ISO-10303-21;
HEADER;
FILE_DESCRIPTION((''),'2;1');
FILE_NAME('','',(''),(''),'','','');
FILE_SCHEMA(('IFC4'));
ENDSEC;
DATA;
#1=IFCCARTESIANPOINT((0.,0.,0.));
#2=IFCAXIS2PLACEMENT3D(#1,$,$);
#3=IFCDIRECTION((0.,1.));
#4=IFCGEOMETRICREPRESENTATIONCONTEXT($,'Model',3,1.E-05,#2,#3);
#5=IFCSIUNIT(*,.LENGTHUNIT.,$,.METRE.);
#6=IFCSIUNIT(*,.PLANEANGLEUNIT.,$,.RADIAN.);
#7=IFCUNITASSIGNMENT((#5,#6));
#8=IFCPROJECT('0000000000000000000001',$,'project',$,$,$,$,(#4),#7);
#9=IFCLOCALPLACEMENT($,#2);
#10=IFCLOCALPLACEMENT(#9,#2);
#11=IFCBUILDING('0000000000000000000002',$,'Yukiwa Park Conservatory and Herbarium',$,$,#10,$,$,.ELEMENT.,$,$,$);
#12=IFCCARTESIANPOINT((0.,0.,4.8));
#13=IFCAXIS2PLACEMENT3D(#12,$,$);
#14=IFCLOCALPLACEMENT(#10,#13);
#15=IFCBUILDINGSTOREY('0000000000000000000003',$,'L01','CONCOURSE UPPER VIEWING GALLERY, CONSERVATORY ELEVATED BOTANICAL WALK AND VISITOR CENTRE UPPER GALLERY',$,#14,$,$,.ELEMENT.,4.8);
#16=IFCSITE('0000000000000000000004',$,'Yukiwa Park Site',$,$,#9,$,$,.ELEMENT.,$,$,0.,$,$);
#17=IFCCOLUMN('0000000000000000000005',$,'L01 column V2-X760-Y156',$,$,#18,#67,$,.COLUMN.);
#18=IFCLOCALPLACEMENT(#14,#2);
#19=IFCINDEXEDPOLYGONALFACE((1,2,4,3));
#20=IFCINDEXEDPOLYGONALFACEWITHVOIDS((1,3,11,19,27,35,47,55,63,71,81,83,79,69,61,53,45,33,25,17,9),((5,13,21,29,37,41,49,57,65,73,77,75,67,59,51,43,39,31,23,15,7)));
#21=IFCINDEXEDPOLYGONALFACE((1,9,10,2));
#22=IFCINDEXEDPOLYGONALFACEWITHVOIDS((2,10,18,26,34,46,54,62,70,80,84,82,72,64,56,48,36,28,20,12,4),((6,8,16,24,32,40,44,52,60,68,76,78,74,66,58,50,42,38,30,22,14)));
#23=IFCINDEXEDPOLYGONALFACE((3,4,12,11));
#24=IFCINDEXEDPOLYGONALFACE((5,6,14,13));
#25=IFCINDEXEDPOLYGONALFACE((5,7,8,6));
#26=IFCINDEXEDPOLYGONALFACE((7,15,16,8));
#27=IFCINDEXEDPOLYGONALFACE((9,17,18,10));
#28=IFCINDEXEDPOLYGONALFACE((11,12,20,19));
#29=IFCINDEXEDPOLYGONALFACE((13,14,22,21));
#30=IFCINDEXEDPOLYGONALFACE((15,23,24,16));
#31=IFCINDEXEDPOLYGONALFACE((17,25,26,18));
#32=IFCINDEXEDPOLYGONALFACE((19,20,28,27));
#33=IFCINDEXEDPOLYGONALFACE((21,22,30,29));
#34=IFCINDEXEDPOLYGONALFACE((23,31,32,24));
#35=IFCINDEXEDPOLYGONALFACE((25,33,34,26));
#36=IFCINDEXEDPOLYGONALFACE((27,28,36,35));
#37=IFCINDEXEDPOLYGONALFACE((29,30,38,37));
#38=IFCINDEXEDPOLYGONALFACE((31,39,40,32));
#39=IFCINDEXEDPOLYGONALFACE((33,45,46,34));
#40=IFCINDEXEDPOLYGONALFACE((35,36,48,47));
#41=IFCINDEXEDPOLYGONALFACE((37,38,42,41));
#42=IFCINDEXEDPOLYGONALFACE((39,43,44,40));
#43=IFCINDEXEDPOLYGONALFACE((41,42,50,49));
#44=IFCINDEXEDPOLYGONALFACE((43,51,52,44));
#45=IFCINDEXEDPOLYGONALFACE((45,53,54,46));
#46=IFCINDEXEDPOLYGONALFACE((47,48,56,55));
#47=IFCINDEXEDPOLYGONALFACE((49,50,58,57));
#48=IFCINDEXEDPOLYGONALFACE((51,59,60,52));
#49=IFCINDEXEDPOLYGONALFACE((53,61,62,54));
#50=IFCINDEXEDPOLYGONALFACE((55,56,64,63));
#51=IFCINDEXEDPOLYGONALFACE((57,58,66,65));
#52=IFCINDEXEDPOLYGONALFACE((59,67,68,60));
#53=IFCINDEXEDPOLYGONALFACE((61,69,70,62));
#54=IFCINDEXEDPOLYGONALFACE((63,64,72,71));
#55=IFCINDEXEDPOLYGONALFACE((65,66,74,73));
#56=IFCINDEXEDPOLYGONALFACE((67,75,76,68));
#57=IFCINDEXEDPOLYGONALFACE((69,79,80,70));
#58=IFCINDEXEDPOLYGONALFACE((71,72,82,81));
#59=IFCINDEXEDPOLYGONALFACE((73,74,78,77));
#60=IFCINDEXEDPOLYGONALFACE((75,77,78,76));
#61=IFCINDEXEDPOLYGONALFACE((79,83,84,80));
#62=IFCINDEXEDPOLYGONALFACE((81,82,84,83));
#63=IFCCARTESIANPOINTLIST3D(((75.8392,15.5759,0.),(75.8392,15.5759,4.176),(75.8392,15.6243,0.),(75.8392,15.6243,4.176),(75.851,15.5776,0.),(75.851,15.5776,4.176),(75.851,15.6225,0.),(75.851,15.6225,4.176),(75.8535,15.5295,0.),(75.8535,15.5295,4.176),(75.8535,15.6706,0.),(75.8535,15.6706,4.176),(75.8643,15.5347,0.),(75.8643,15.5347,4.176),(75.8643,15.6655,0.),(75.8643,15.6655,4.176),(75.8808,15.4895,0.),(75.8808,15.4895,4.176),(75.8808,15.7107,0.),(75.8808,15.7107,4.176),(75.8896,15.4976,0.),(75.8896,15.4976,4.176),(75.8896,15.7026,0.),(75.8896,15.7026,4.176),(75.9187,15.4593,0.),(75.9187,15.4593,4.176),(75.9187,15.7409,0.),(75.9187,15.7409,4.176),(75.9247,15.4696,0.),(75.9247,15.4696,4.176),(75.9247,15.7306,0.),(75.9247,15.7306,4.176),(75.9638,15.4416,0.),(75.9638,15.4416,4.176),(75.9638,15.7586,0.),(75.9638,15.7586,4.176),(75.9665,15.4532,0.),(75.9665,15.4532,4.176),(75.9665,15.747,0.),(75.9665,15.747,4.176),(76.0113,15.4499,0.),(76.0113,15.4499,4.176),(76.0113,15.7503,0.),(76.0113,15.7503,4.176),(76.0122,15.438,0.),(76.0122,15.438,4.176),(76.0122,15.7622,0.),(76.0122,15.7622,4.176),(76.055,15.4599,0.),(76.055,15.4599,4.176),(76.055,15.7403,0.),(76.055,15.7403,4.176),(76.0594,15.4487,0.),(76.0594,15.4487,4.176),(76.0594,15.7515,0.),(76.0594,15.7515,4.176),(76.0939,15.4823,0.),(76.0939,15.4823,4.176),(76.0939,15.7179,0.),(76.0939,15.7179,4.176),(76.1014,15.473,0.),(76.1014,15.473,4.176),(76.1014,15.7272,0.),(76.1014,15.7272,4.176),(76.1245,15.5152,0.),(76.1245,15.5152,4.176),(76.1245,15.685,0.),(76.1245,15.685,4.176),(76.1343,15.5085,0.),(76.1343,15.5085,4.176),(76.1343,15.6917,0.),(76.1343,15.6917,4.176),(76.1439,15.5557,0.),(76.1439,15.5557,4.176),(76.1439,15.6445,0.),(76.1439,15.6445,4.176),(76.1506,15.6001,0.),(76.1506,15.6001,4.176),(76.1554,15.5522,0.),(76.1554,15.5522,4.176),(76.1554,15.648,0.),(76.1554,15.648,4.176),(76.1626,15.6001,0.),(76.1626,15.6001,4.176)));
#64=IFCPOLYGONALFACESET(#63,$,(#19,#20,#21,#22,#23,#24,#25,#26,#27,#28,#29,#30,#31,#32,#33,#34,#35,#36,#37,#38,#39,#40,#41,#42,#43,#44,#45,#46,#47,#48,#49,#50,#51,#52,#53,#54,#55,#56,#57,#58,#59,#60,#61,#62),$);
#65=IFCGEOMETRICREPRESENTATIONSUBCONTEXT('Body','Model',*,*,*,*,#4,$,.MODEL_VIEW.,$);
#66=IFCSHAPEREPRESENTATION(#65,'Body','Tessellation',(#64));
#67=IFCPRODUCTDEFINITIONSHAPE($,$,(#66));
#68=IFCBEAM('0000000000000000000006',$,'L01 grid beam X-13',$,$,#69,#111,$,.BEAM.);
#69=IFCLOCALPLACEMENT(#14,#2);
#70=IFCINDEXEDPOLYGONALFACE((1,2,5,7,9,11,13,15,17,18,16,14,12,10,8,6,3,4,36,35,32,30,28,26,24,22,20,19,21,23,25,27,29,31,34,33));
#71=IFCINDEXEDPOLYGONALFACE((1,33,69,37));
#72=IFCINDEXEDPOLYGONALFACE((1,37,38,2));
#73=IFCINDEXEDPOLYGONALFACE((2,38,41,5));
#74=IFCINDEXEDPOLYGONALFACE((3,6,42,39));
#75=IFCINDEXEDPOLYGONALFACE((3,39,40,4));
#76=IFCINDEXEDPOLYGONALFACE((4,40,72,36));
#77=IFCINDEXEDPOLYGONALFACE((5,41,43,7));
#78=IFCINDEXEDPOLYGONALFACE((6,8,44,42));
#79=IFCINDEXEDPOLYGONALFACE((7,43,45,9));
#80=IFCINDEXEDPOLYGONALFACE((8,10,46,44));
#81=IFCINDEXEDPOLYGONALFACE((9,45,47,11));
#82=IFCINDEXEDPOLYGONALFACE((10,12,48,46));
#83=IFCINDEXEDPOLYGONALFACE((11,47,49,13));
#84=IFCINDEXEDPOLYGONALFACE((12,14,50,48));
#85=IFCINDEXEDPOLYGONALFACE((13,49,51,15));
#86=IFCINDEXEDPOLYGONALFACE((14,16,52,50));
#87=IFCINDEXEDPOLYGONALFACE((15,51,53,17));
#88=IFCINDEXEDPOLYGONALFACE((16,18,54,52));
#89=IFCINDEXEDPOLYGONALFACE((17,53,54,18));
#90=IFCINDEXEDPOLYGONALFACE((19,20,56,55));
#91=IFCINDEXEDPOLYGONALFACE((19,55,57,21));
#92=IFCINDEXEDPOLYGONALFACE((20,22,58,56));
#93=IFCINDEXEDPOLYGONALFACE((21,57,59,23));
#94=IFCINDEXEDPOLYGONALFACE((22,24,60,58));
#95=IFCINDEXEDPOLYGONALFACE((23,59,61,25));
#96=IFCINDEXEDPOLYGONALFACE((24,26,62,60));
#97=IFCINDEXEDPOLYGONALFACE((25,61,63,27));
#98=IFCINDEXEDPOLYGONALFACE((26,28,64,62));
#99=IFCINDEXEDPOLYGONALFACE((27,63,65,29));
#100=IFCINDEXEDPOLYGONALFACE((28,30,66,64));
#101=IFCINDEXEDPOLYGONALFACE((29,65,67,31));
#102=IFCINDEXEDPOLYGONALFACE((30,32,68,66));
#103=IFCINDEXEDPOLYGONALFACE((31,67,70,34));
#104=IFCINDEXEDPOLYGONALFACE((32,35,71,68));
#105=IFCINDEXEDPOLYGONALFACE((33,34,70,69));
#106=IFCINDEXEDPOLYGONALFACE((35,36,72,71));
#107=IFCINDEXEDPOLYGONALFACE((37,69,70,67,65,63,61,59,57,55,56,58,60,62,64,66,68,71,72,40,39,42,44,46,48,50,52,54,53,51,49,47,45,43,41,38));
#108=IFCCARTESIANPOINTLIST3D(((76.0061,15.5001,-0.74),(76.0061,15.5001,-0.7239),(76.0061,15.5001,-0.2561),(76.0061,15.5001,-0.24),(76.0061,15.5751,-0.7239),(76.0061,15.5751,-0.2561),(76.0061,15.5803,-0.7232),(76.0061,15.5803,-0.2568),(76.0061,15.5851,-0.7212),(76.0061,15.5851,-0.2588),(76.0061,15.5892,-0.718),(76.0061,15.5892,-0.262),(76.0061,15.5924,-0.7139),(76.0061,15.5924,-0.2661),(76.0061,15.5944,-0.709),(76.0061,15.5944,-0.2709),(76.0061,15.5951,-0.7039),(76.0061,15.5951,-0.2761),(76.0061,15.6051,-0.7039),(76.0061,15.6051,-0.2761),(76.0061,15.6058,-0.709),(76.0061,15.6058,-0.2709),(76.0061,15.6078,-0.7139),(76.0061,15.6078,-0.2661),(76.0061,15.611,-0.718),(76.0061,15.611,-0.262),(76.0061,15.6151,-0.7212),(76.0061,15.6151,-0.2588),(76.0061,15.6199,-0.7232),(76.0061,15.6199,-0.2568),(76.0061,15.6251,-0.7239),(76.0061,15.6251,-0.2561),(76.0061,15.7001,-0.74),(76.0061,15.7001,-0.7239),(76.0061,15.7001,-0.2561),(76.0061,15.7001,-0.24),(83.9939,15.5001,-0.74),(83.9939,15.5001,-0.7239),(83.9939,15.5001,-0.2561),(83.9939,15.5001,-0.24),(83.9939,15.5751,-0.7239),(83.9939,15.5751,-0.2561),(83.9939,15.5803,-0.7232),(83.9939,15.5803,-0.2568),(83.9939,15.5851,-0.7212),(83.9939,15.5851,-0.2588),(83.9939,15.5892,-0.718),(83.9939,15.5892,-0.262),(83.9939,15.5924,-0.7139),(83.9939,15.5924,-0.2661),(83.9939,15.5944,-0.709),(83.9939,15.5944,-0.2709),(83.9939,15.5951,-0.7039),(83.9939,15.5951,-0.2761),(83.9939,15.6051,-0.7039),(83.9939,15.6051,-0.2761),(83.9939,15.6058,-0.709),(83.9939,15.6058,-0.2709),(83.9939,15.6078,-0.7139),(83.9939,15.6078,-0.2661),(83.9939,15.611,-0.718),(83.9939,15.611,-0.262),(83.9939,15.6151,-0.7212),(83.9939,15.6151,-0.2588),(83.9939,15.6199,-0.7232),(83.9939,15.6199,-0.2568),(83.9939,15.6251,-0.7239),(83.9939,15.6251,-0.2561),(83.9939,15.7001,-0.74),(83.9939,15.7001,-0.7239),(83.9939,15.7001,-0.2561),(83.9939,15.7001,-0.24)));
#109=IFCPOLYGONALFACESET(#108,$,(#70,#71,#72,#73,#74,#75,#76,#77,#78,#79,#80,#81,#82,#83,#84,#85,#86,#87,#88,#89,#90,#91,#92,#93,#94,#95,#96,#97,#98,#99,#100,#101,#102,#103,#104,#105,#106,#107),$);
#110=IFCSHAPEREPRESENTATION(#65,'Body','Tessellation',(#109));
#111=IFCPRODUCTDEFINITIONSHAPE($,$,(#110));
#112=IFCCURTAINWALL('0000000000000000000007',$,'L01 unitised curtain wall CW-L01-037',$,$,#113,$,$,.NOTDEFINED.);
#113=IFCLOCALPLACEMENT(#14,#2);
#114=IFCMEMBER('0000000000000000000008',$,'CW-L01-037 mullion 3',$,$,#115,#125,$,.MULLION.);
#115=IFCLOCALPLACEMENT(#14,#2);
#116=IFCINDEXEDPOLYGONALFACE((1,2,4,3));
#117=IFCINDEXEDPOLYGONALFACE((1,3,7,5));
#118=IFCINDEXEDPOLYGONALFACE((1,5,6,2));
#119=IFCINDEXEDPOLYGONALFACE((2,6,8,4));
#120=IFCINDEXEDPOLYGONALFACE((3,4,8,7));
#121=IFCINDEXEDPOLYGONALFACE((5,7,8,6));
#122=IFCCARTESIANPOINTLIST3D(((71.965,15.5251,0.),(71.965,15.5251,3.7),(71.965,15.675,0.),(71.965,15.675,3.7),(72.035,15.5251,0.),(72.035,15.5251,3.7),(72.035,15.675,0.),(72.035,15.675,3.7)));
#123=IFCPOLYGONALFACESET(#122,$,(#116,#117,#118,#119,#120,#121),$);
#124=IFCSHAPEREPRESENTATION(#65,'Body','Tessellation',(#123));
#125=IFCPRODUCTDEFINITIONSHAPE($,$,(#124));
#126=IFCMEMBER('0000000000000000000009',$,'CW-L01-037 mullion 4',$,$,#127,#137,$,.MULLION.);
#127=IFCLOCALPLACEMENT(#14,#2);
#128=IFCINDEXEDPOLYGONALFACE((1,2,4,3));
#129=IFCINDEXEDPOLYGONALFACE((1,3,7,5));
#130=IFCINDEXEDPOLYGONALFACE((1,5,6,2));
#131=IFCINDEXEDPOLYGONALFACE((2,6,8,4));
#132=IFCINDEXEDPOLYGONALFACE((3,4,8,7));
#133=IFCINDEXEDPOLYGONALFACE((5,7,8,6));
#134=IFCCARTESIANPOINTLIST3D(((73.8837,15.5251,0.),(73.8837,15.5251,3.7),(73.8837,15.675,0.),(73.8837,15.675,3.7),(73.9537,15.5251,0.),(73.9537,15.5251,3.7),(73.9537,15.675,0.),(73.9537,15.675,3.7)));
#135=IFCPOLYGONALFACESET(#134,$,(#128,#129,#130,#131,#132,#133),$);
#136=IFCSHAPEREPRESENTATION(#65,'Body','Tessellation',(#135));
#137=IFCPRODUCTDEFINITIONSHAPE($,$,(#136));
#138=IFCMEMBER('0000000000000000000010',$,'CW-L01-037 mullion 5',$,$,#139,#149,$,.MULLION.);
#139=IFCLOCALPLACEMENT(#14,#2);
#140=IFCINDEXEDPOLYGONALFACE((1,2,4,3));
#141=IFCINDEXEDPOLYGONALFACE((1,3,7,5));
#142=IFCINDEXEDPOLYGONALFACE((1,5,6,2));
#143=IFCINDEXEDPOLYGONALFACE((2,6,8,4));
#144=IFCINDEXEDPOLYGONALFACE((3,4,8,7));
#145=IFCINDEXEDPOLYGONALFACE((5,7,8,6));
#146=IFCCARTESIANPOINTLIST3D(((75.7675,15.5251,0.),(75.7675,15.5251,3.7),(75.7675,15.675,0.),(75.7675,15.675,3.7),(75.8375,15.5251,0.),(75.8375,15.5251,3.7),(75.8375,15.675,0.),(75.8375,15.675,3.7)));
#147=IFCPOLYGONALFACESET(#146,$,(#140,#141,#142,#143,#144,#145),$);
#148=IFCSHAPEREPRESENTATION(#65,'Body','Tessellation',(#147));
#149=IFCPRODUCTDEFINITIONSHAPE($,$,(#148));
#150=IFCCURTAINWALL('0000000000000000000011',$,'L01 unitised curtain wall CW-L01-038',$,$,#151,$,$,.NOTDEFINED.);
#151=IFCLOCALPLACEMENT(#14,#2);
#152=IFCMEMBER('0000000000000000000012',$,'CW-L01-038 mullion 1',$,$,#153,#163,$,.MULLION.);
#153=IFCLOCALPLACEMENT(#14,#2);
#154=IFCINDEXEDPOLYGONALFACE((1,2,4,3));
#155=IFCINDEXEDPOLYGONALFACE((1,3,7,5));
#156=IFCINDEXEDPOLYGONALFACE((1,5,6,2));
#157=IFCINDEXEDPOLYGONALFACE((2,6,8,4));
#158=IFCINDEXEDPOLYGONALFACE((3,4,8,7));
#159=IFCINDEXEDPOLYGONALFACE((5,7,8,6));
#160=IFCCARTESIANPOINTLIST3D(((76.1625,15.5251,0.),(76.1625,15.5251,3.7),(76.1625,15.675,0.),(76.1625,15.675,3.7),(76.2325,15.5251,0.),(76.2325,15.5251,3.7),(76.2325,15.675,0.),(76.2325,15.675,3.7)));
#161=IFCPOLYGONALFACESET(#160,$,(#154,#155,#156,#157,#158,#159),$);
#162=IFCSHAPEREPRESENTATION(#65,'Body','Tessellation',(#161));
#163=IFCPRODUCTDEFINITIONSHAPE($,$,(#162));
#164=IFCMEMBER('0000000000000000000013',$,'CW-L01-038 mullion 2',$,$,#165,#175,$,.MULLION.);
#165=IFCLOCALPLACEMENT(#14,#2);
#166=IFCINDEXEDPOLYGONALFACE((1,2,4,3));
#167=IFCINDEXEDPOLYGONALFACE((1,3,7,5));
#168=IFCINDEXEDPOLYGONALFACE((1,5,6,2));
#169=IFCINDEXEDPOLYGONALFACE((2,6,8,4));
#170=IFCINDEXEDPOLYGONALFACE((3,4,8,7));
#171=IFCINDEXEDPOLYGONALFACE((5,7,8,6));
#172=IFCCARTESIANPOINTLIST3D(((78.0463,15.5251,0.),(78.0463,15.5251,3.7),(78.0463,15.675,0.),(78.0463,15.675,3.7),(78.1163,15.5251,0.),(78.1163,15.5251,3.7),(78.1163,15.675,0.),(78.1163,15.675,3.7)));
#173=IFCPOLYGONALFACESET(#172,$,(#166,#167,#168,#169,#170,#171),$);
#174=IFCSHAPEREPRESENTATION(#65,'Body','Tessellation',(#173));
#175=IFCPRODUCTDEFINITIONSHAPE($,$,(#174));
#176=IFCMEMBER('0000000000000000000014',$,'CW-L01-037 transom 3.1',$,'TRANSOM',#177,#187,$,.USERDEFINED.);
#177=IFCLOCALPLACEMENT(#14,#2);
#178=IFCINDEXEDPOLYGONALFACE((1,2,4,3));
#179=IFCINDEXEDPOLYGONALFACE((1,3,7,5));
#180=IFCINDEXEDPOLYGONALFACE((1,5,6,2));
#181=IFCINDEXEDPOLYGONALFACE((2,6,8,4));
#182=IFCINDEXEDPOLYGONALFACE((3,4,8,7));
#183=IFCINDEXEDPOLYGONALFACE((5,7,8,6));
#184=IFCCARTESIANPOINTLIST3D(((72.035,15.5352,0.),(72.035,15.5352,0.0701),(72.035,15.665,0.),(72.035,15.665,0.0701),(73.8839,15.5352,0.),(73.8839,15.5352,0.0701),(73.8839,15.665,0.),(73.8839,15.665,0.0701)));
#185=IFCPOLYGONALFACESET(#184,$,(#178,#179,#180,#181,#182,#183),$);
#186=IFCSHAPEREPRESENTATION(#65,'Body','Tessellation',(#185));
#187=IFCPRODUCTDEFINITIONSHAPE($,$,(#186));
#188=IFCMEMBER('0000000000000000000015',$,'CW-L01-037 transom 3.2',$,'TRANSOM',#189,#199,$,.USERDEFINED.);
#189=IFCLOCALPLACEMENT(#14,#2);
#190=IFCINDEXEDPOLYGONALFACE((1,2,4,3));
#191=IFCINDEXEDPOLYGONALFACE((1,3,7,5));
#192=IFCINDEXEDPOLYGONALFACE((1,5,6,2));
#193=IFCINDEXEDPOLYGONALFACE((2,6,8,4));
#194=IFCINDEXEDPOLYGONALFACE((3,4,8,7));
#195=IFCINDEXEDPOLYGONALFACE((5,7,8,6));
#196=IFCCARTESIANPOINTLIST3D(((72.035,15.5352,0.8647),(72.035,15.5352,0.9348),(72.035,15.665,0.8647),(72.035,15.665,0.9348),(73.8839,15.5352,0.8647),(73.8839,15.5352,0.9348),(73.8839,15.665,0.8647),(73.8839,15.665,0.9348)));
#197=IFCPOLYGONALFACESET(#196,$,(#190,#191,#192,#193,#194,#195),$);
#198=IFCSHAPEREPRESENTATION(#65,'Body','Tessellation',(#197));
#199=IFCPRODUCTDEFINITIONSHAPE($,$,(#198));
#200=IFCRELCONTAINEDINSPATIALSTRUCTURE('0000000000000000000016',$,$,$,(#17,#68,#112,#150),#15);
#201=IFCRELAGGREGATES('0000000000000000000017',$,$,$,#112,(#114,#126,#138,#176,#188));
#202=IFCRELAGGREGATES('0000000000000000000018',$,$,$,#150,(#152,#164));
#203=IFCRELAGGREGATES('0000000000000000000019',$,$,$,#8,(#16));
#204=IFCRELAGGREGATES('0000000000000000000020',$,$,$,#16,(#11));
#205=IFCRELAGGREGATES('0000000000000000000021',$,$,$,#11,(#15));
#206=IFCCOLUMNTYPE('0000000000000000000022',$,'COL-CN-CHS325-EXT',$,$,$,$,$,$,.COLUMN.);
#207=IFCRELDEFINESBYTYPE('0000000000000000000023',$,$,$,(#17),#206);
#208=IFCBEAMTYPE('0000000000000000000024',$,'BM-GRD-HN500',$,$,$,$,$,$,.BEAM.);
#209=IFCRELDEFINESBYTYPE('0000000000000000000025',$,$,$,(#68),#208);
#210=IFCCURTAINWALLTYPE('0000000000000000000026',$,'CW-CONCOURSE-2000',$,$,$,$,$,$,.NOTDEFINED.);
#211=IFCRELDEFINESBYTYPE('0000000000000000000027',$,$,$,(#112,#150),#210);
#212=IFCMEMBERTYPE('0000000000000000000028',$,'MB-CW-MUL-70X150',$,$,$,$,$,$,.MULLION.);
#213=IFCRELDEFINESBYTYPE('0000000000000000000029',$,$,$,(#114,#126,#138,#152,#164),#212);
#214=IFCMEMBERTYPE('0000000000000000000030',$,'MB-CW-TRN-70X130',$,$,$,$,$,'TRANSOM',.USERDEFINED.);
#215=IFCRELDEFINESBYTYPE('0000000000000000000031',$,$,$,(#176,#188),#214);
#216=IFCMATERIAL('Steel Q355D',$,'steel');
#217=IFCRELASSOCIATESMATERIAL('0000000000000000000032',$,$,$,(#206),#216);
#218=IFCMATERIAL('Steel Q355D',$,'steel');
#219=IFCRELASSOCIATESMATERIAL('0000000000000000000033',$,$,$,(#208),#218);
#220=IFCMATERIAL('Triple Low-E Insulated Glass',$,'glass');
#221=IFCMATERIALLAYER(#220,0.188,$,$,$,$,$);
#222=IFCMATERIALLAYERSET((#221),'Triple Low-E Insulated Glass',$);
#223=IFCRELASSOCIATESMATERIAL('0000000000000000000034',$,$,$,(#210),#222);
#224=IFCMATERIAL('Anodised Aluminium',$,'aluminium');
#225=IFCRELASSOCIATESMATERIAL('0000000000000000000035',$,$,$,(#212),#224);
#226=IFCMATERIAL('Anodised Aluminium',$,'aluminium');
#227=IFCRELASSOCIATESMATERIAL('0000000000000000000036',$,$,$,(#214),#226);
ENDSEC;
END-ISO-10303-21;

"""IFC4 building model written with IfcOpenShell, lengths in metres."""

from ifc_helpers import new_model, si_unit, direction, frame, origin, origin_2d, place, context, subcontext, project, spatial, rectangle, hollow_circle, i_section, extrude, material, layer, layer_set, material_profile, profile_set, type_object, element, aggregate, save


model = new_model("IFC4")

# Units and contexts
model_context = context("Model", 3, precision=1e-05, world=origin(), true_north=direction((0.0, 1.0)))
body_context = subcontext(model_context, "Body", "Model", "MODEL_VIEW")
ifc_project = project(units=[si_unit("LENGTHUNIT", "METRE"), si_unit("PLANEANGLEUNIT", "RADIAN")], contexts=[model_context])

# Site, building, storey
site_placement = place(None, origin())
site = spatial("IfcSite", under=ifc_project, at=site_placement, Name="Yukiwa Park Site", CompositionType="ELEMENT", RefElevation=0.0)
building_placement = place(site_placement, origin())
building = spatial("IfcBuilding", under=site, at=building_placement, Name="Yukiwa Park Conservatory and Herbarium", CompositionType="ELEMENT")
storey_placement = place(building_placement, frame((0.0, 0.0, 4.8)))
storey = spatial("IfcBuildingStorey", under=building, at=storey_placement, Name="L01", Description="CONCOURSE UPPER VIEWING GALLERY, CONSERVATORY ELEVATED BOTANICAL WALK AND VISITOR CENTRE UPPER GALLERY", CompositionType="ELEMENT", Elevation=4.8)

# Column
ifc_material_1 = material(Name="Steel Q355D", Category="steel")
ifc_material_profile_1 = material_profile(ifc_material_1, hollow_circle(Radius=0.1626, WallThickness=0.012, at=origin_2d()), Name="CHS 325x12")
ifc_profile_set_1 = profile_set([ifc_material_profile_1], Name="Steel Q355D")
column_type = type_object("IfcColumnType", Name="COL-CN-CHS325-EXT", PredefinedType="COLUMN", material=ifc_profile_set_1)
column_placement = place(storey_placement, frame((76.0, 15.6001, 0.0), z_axis=(0.0, 0.0, 1.0), x_axis=(1.0, 0.0, 0.0)))
element("IfcColumn", 1, at=column_placement, inside=storey, type_object=column_type, Name="L01 column V2-X760-Y156", PredefinedType="COLUMN", context=body_context, shape_type="SweptSolid", body=[
    extrude(hollow_circle(Radius=0.1626, WallThickness=0.012, at=origin_2d()), origin(), (0.0, 0.0, 1.0), 4.176),
])

# Beam
ifc_material_2 = material(Name="Steel Q355D", Category="steel")
ifc_material_profile_2 = material_profile(ifc_material_2, i_section(OverallWidth=0.2, OverallDepth=0.5, WebThickness=0.01, FlangeThickness=0.0161, FilletRadius=0.02, at=origin_2d()), Name="HN 500x200x10x16")
ifc_profile_set_2 = profile_set([ifc_material_profile_2], Name="Steel Q355D")
beam_type = type_object("IfcBeamType", Name="BM-GRD-HN500", PredefinedType="BEAM", material=ifc_profile_set_2)
beam_placement = place(storey_placement, frame((76.0061, 15.6001, -0.49), z_axis=(1.0, 0.0, 0.0), x_axis=(0.0, 1.0, 0.0)))
element("IfcBeam", 2, at=beam_placement, inside=storey, type_object=beam_type, Name="L01 grid beam X-13", PredefinedType="BEAM", context=body_context, shape_type="SweptSolid", body=[
    extrude(i_section(OverallWidth=0.2, OverallDepth=0.5, WebThickness=0.01, FlangeThickness=0.0161, FilletRadius=0.02, at=origin_2d()), origin(), (0.0, 0.0, 1.0), 7.9878),
])

# Curtain walls, members
ifc_material_3 = material(Name="Triple Low-E Insulated Glass", Category="glass")
ifc_layer_1 = layer(ifc_material_3, 0.188)
ifc_layer_set_1 = layer_set([ifc_layer_1], Name="Triple Low-E Insulated Glass")
curtain_wall_type = type_object("IfcCurtainWallType", Name="CW-CONCOURSE-2000", PredefinedType="NOTDEFINED", material=ifc_layer_set_1)
curtain_wall_1_placement = place(storey_placement, origin())
curtain_wall_1 = element("IfcCurtainWall", 3, at=curtain_wall_1_placement, inside=storey, type_object=curtain_wall_type, Name="L01 unitised curtain wall CW-L01-037", PredefinedType="NOTDEFINED")
ifc_material_4 = material(Name="Anodised Aluminium", Category="aluminium")
member_type_1 = type_object("IfcMemberType", Name="MB-CW-MUL-70X150", PredefinedType="MULLION", material=ifc_material_4)
member_1_placement = place(storey_placement, frame((72.0, 15.6001, 0.0), z_axis=(0.0, 0.0, 1.0), x_axis=(1.0, 0.0, 0.0)))
member_1 = element("IfcMember", 4, at=member_1_placement, type_object=member_type_1, Name="CW-L01-037 mullion 3", PredefinedType="MULLION", context=body_context, shape_type="SweptSolid", body=[
    extrude(rectangle(XDim=0.0701, YDim=0.1499, at=origin_2d()), origin(), (0.0, 0.0, 1.0), 3.7),
])
member_2_placement = place(storey_placement, frame((73.9187, 15.6001, 0.0), z_axis=(0.0, 0.0, 1.0), x_axis=(1.0, 0.0, 0.0)))
member_2 = element("IfcMember", 5, at=member_2_placement, type_object=member_type_1, Name="CW-L01-037 mullion 4", PredefinedType="MULLION", context=body_context, shape_type="SweptSolid", body=[
    extrude(rectangle(XDim=0.0701, YDim=0.1499, at=origin_2d()), origin(), (0.0, 0.0, 1.0), 3.7),
])
member_3_placement = place(storey_placement, frame((75.8025, 15.6001, 0.0), z_axis=(0.0, 0.0, 1.0), x_axis=(1.0, 0.0, 0.0)))
member_3 = element("IfcMember", 6, at=member_3_placement, type_object=member_type_1, Name="CW-L01-037 mullion 5", PredefinedType="MULLION", context=body_context, shape_type="SweptSolid", body=[
    extrude(rectangle(XDim=0.0701, YDim=0.1499, at=origin_2d()), origin(), (0.0, 0.0, 1.0), 3.7),
])
curtain_wall_2_placement = place(storey_placement, origin())
curtain_wall_2 = element("IfcCurtainWall", 7, at=curtain_wall_2_placement, inside=storey, type_object=curtain_wall_type, Name="L01 unitised curtain wall CW-L01-038", PredefinedType="NOTDEFINED")
member_4_placement = place(storey_placement, frame((76.1975, 15.6001, 0.0), z_axis=(0.0, 0.0, 1.0), x_axis=(1.0, 0.0, 0.0)))
member_4 = element("IfcMember", 8, at=member_4_placement, type_object=member_type_1, Name="CW-L01-038 mullion 1", PredefinedType="MULLION", context=body_context, shape_type="SweptSolid", body=[
    extrude(rectangle(XDim=0.0701, YDim=0.1499, at=origin_2d()), origin(), (0.0, 0.0, 1.0), 3.7),
])
member_5_placement = place(storey_placement, frame((78.0813, 15.6001, 0.0), z_axis=(0.0, 0.0, 1.0), x_axis=(1.0, 0.0, 0.0)))
member_5 = element("IfcMember", 9, at=member_5_placement, type_object=member_type_1, Name="CW-L01-038 mullion 2", PredefinedType="MULLION", context=body_context, shape_type="SweptSolid", body=[
    extrude(rectangle(XDim=0.0701, YDim=0.1499, at=origin_2d()), origin(), (0.0, 0.0, 1.0), 3.7),
])

# Members
ifc_material_5 = material(Name="Anodised Aluminium", Category="aluminium")
member_type_2 = type_object("IfcMemberType", Name="MB-CW-TRN-70X130", ElementType="TRANSOM", PredefinedType="USERDEFINED", material=ifc_material_5)
member_6_placement = place(storey_placement, frame((72.9595, 15.6001, 0.0), z_axis=(0.0, 0.0, 1.0), x_axis=(1.0, 0.0, 0.0)))
member_6 = element("IfcMember", 10, at=member_6_placement, type_object=member_type_2, Name="CW-L01-037 transom 3.1", ObjectType="TRANSOM", PredefinedType="USERDEFINED", context=body_context, shape_type="SweptSolid", body=[
    extrude(rectangle(XDim=1.8489, YDim=0.1299, at=origin_2d()), origin(), (0.0, 0.0, 1.0), 0.0701),
])
member_7_placement = place(storey_placement, frame((72.9595, 15.6001, 0.8647), z_axis=(0.0, 0.0, 1.0), x_axis=(1.0, 0.0, 0.0)))
member_7 = element("IfcMember", 11, at=member_7_placement, type_object=member_type_2, Name="CW-L01-037 transom 3.2", ObjectType="TRANSOM", PredefinedType="USERDEFINED", context=body_context, shape_type="SweptSolid", body=[
    extrude(rectangle(XDim=1.8489, YDim=0.1299, at=origin_2d()), origin(), (0.0, 0.0, 1.0), 0.0701),
])

aggregate(curtain_wall_1, [member_1, member_2, member_3, member_6, member_7])
aggregate(curtain_wall_2, [member_4, member_5])

save(model, "model.ifc")
